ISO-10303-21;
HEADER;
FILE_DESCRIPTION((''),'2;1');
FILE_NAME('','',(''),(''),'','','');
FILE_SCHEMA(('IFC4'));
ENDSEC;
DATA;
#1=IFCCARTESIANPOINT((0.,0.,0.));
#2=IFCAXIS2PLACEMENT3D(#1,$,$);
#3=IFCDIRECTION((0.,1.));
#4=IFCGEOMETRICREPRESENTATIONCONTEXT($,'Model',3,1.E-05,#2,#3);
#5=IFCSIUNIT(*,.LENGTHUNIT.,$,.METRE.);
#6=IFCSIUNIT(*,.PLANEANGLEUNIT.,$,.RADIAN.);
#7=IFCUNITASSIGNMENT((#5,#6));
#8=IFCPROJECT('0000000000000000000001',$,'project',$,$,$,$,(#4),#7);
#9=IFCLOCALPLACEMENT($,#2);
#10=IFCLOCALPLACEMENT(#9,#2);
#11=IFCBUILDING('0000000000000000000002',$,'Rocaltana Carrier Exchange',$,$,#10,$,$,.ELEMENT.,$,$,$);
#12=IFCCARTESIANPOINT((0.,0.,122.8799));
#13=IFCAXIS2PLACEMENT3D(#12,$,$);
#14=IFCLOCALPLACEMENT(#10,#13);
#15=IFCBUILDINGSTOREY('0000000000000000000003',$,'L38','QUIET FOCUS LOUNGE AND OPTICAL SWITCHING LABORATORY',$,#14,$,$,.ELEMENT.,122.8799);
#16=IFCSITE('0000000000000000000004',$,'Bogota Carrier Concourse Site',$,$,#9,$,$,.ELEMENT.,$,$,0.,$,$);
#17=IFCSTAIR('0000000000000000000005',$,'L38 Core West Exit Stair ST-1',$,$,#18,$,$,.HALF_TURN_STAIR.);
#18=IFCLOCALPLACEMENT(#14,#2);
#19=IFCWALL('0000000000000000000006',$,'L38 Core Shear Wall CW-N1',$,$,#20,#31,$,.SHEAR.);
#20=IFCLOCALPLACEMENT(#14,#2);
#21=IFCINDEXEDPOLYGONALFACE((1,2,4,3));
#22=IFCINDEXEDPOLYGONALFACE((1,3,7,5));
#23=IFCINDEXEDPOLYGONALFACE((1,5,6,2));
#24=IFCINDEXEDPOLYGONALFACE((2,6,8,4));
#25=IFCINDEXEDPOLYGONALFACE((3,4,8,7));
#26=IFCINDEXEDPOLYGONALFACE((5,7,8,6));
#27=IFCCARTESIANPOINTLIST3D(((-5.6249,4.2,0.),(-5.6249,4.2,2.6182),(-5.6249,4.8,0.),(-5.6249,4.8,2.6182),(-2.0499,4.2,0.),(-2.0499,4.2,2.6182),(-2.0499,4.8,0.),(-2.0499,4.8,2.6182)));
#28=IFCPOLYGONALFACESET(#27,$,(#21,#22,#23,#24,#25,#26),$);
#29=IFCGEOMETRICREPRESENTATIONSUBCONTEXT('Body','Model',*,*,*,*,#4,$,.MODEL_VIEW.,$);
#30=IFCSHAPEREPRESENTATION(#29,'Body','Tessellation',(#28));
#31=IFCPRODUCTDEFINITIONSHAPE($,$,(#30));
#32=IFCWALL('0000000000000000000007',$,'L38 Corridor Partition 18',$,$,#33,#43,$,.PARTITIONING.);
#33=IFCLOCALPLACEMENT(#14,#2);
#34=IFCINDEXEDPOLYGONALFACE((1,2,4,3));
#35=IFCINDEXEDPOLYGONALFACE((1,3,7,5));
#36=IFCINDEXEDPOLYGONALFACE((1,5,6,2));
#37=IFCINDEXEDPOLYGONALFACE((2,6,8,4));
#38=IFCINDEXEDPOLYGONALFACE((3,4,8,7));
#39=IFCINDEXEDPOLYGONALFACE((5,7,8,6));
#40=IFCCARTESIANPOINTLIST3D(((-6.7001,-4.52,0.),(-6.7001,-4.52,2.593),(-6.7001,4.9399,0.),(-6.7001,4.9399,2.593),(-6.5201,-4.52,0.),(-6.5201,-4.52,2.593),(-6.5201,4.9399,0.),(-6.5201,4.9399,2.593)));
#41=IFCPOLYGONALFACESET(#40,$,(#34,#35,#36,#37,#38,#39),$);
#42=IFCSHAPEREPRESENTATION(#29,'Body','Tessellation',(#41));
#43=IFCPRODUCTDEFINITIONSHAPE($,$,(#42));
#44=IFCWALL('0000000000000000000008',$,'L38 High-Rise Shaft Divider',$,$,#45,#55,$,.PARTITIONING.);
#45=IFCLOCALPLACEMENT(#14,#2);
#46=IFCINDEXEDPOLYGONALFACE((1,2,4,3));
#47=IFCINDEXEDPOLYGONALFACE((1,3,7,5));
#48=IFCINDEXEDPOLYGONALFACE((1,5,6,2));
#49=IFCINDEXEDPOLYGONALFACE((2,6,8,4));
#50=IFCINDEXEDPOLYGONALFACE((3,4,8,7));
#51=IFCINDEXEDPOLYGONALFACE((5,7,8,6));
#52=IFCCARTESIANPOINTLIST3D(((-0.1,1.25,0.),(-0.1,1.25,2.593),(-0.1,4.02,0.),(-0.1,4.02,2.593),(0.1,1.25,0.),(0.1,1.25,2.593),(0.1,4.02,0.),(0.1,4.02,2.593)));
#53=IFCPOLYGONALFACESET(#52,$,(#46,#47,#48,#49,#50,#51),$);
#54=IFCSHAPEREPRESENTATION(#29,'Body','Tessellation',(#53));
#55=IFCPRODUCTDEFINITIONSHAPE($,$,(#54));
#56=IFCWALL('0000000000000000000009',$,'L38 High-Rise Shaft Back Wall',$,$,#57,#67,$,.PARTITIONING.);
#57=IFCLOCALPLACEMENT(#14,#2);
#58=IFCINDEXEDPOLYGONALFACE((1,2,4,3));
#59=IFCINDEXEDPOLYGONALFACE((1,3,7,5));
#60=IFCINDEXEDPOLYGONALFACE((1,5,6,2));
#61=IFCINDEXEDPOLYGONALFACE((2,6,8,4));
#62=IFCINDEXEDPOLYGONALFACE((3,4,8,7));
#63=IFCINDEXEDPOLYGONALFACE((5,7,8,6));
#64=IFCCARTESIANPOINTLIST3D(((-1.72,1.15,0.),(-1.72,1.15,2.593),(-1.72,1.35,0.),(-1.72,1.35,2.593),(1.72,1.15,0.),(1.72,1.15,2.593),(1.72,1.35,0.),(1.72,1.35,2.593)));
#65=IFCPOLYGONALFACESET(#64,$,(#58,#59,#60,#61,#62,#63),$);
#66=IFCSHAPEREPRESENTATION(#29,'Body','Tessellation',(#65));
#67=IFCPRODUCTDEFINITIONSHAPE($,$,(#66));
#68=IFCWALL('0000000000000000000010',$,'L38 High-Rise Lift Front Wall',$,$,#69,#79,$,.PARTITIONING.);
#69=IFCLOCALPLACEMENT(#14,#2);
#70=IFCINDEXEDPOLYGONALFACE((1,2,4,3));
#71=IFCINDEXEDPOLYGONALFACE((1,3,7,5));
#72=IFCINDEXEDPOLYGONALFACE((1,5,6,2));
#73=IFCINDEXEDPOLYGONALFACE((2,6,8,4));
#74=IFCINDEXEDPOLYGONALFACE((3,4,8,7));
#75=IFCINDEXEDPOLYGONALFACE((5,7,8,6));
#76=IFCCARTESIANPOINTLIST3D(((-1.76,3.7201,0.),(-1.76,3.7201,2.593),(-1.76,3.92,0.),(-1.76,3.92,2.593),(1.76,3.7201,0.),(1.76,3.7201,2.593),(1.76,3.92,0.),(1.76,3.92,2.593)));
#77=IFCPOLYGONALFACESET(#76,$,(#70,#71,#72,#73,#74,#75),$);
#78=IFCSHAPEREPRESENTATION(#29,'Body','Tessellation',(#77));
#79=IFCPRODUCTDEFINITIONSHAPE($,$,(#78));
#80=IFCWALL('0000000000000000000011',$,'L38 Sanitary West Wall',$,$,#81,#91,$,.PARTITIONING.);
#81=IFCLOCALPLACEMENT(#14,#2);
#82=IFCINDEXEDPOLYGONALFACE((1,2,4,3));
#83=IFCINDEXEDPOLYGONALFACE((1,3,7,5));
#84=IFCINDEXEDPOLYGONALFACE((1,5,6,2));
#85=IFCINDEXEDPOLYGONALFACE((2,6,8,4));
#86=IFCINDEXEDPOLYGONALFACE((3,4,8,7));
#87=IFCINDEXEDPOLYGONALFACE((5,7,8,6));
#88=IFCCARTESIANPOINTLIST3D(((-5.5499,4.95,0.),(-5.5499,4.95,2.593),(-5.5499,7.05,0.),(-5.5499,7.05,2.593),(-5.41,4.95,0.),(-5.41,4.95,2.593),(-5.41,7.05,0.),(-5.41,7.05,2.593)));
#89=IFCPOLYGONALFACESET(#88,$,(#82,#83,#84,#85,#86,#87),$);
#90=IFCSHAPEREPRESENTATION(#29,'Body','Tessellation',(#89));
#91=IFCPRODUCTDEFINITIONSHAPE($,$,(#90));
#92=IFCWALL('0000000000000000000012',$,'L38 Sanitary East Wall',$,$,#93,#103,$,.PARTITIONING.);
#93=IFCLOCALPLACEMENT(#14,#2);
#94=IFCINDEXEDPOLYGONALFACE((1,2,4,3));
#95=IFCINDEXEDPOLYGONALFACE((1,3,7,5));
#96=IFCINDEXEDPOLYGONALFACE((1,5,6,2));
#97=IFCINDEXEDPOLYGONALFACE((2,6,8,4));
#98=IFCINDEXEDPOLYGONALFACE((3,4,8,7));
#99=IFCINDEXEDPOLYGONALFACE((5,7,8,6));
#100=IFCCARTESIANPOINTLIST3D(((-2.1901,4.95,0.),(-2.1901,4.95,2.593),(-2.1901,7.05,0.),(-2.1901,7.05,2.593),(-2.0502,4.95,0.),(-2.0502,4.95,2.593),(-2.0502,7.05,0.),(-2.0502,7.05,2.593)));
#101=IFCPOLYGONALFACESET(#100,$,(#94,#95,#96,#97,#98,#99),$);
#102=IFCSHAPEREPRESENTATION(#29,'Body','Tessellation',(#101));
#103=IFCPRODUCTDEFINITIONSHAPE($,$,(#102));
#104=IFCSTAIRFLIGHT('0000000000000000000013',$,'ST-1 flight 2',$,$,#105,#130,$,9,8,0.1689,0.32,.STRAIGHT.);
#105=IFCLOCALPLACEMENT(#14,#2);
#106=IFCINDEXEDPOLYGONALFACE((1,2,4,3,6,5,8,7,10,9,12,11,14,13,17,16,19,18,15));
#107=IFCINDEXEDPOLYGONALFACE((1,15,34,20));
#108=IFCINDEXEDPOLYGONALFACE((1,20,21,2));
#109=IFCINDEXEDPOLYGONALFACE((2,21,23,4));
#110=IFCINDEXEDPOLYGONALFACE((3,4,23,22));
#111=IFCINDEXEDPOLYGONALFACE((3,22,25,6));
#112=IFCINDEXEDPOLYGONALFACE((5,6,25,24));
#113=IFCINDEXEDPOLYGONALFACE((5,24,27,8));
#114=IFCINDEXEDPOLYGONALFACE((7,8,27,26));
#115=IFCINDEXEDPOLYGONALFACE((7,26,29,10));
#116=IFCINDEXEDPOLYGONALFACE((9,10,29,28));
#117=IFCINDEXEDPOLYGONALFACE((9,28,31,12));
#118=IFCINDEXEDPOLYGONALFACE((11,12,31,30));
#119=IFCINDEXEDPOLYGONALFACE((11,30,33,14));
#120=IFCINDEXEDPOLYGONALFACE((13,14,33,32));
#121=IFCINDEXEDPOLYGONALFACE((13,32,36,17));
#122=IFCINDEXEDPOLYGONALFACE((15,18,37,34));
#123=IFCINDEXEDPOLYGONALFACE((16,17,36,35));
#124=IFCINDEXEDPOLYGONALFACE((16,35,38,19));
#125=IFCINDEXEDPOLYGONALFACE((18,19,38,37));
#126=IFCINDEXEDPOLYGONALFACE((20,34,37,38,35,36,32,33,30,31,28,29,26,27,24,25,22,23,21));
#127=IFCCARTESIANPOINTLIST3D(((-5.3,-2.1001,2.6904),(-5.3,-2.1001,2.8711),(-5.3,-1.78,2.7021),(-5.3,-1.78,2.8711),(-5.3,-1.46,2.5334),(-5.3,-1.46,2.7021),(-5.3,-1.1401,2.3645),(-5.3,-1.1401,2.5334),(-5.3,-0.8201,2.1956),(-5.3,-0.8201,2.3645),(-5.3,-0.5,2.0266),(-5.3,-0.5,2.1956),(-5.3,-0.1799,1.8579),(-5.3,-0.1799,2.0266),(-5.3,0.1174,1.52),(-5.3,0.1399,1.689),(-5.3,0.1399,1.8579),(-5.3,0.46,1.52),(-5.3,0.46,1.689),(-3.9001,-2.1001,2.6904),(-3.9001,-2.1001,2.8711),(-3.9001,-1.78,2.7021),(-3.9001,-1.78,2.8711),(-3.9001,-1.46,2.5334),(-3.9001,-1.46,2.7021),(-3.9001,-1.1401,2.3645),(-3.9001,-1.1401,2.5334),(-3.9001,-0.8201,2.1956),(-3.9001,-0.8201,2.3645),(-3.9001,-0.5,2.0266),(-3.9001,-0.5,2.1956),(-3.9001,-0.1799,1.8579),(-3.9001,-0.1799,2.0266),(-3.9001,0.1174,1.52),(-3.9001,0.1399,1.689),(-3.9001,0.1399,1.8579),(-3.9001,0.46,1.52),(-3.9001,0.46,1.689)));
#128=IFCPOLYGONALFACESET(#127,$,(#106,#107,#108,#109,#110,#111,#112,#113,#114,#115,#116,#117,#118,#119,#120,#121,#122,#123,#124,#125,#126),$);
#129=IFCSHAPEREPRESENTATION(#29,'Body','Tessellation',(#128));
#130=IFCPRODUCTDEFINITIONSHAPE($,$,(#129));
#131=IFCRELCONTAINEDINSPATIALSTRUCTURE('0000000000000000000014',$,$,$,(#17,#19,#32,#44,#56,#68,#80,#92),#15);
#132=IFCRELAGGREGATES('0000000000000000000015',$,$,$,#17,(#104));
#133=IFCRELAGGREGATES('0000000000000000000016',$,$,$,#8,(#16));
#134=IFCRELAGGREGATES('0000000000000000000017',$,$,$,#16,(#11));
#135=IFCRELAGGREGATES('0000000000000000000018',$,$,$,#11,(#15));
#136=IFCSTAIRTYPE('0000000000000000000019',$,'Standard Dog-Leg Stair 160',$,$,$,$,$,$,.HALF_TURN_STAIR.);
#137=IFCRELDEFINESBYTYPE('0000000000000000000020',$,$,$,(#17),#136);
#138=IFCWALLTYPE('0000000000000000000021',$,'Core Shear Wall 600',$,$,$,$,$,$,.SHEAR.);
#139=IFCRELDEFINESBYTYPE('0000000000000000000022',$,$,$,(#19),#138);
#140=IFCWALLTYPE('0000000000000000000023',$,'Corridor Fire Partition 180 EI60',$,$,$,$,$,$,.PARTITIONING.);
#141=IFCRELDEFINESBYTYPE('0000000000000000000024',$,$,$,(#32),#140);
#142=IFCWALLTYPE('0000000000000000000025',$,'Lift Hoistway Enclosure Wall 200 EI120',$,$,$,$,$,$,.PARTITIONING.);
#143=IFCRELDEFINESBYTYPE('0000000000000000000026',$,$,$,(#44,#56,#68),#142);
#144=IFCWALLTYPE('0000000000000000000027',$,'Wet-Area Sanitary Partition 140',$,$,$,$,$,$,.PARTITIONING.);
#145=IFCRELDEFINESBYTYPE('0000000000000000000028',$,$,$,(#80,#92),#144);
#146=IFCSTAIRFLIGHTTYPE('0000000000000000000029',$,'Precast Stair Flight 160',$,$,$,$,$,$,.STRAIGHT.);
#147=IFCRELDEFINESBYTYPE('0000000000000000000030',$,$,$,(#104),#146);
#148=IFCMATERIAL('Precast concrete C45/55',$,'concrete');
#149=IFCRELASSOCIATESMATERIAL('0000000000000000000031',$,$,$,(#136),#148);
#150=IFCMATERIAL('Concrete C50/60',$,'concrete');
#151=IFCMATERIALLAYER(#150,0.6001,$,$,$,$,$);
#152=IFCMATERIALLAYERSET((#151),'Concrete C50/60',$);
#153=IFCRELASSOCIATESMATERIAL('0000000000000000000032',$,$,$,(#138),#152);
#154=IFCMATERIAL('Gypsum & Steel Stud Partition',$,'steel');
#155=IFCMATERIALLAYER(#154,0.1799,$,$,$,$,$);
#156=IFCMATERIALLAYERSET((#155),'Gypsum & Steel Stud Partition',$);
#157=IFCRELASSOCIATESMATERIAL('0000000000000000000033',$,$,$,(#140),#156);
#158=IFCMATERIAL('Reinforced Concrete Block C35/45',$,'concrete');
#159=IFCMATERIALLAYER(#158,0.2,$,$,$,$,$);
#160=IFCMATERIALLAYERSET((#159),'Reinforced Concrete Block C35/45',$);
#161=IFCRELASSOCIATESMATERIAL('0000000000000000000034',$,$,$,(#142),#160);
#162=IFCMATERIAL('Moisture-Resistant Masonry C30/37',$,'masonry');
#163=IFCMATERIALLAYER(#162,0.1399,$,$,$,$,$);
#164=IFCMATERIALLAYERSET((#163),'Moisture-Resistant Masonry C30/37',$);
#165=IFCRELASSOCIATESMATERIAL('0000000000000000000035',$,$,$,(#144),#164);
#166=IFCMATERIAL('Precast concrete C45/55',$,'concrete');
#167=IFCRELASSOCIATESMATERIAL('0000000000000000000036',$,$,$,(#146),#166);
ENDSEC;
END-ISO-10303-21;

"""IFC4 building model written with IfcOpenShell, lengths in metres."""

from ifc_helpers import new_model, si_unit, direction, frame, frame_2d, origin, place, context, subcontext, project, spatial, polyline, rectangle, outline, extrude, material, layer, layer_set, type_object, element, aggregate, save


model = new_model("IFC4")

# Units and contexts
model_context = context("Model", 3, precision=1e-05, world=origin(), true_north=direction((0.0, 1.0)))
body_context = subcontext(model_context, "Body", "Model", "MODEL_VIEW")
ifc_project = project(units=[si_unit("LENGTHUNIT", "METRE"), si_unit("PLANEANGLEUNIT", "RADIAN")], contexts=[model_context])

# Site, building, storey
site_placement = place(None, origin())
site = spatial("IfcSite", under=ifc_project, at=site_placement, Name="Bogota Carrier Concourse Site", CompositionType="ELEMENT", RefElevation=0.0)
building_placement = place(site_placement, origin())
building = spatial("IfcBuilding", under=site, at=building_placement, Name="Rocaltana Carrier Exchange", CompositionType="ELEMENT")
storey_placement = place(building_placement, frame((0.0, 0.0, 122.8799)))
storey = spatial("IfcBuildingStorey", under=building, at=storey_placement, Name="L38", Description="QUIET FOCUS LOUNGE AND OPTICAL SWITCHING LABORATORY", CompositionType="ELEMENT", Elevation=122.8799)

# Stair
ifc_material_1 = material(Name="Precast concrete C45/55", Category="concrete")
stair_type = type_object("IfcStairType", Name="Standard Dog-Leg Stair 160", PredefinedType="HALF_TURN_STAIR", material=ifc_material_1)
stair_1_placement = place(storey_placement, origin())
stair_1 = element("IfcStair", 1, at=stair_1_placement, inside=storey, type_object=stair_type, Name="L38 Core West Exit Stair ST-1", PredefinedType="HALF_TURN_STAIR")

# Walls
ifc_material_2 = material(Name="Concrete C50/60", Category="concrete")
ifc_layer_1 = layer(ifc_material_2, 0.6001)
ifc_layer_set_1 = layer_set([ifc_layer_1], Name="Concrete C50/60")
wall_type_1 = type_object("IfcWallType", Name="Core Shear Wall 600", PredefinedType="SHEAR", material=ifc_layer_set_1)
wall_1_placement = place(storey_placement, frame((-5.625, 4.5, 0.0), z_axis=(0.0, 0.0, 1.0), x_axis=(1.0, 0.0, 0.0)))
element("IfcWall", 2, at=wall_1_placement, inside=storey, type_object=wall_type_1, Name="L38 Core Shear Wall CW-N1", PredefinedType="SHEAR", context=body_context, shape_type="SweptSolid", body=[
    extrude(rectangle(XDim=3.575, YDim=0.6001, at=frame_2d((1.7876, 0.0))), origin(), (0.0, 0.0, 1.0), 2.6182),
])
ifc_material_3 = material(Name="Gypsum & Steel Stud Partition", Category="steel")
ifc_layer_2 = layer(ifc_material_3, 0.1799)
ifc_layer_set_2 = layer_set([ifc_layer_2], Name="Gypsum & Steel Stud Partition")
wall_type_2 = type_object("IfcWallType", Name="Corridor Fire Partition 180 EI60", PredefinedType="PARTITIONING", material=ifc_layer_set_2)
wall_2_placement = place(storey_placement, frame((-6.6101, 4.9399, 0.0), z_axis=(0.0, 0.0, 1.0), x_axis=(0.0, -1.0, 0.0)))
element("IfcWall", 3, at=wall_2_placement, inside=storey, type_object=wall_type_2, Name="L38 Corridor Partition 18", PredefinedType="PARTITIONING", context=body_context, shape_type="SweptSolid", body=[
    extrude(rectangle(XDim=9.46, YDim=0.1799, at=frame_2d((4.73, 0.0))), origin(), (0.0, 0.0, 1.0), 2.593),
])
ifc_material_4 = material(Name="Reinforced Concrete Block C35/45", Category="concrete")
ifc_layer_3 = layer(ifc_material_4, 0.2)
ifc_layer_set_3 = layer_set([ifc_layer_3], Name="Reinforced Concrete Block C35/45")
wall_type_3 = type_object("IfcWallType", Name="Lift Hoistway Enclosure Wall 200 EI120", PredefinedType="PARTITIONING", material=ifc_layer_set_3)
wall_3_placement = place(storey_placement, frame((0.0, 1.25, 0.0), z_axis=(0.0, 0.0, 1.0), x_axis=(0.0, 1.0, 0.0)))
element("IfcWall", 4, at=wall_3_placement, inside=storey, type_object=wall_type_3, Name="L38 High-Rise Shaft Divider", PredefinedType="PARTITIONING", context=body_context, shape_type="SweptSolid", body=[
    extrude(rectangle(XDim=2.77, YDim=0.2, at=frame_2d((1.385, 0.0))), origin(), (0.0, 0.0, 1.0), 2.593),
])
wall_4_placement = place(storey_placement, frame((-1.72, 1.25, 0.0), z_axis=(0.0, 0.0, 1.0), x_axis=(1.0, 0.0, 0.0)))
element("IfcWall", 5, at=wall_4_placement, inside=storey, type_object=wall_type_3, Name="L38 High-Rise Shaft Back Wall", PredefinedType="PARTITIONING", context=body_context, shape_type="SweptSolid", body=[
    extrude(rectangle(XDim=3.4399, YDim=0.2, at=frame_2d((1.72, 0.0))), origin(), (0.0, 0.0, 1.0), 2.593),
])
wall_5_placement = place(storey_placement, frame((-1.76, 3.8201, 0.0), z_axis=(0.0, 0.0, 1.0), x_axis=(1.0, 0.0, 0.0)))
element("IfcWall", 6, at=wall_5_placement, inside=storey, type_object=wall_type_3, Name="L38 High-Rise Lift Front Wall", PredefinedType="PARTITIONING", context=body_context, shape_type="SweptSolid", body=[
    extrude(rectangle(XDim=3.52, YDim=0.2, at=frame_2d((1.76, 0.0))), origin(), (0.0, 0.0, 1.0), 2.593),
])
ifc_material_5 = material(Name="Moisture-Resistant Masonry C30/37", Category="masonry")
ifc_layer_4 = layer(ifc_material_5, 0.1399)
ifc_layer_set_4 = layer_set([ifc_layer_4], Name="Moisture-Resistant Masonry C30/37")
wall_type_4 = type_object("IfcWallType", Name="Wet-Area Sanitary Partition 140", PredefinedType="PARTITIONING", material=ifc_layer_set_4)
for number, where, z_axis, x_axis, name in (
    (7, (-5.48, 4.95, 0.0), (0.0, 0.0, 1.0), (0.0, 1.0, 0.0), "L38 Sanitary West Wall"),
    (8, (-2.1201, 4.95, 0.0), (0.0, 0.0, 1.0), (0.0, 1.0, 0.0), "L38 Sanitary East Wall"),
):
    element("IfcWall", number, at=place(storey_placement, frame(where, z_axis=z_axis, x_axis=x_axis)), inside=storey, type_object=wall_type_4, Name=name, PredefinedType="PARTITIONING", context=body_context, shape_type="SweptSolid", body=[
        extrude(rectangle(XDim=2.1001, YDim=0.1399, at=frame_2d((1.05, 0.0))), origin(), (0.0, 0.0, 1.0), 2.593),
    ])

# Stair flight
ifc_material_6 = material(Name="Precast concrete C45/55", Category="concrete")
stair_flight_type = type_object("IfcStairFlightType", Name="Precast Stair Flight 160", PredefinedType="STRAIGHT", material=ifc_material_6)
stair_flight_placement = place(storey_placement, frame((-4.6001, 0.46, 1.52), z_axis=(0.0, 0.0, 1.0), x_axis=(0.0, -1.0, 0.0)))
stair_flight = element("IfcStairFlight", 9, at=stair_flight_placement, type_object=stair_flight_type, Name="ST-1 flight 2", NumberOfRisers=9, NumberOfTreads=8, PredefinedType="STRAIGHT", RiserHeight=0.1689, TreadLength=0.32, context=body_context, shape_type="SweptSolid", body=[
    extrude(outline(polyline([(0.0, 0.0), (0.0, 0.1689), (0.3201, 0.1689), (0.3201, 0.3379), (0.6399, 0.3379), (0.6399, 0.5066), (0.96, 0.5066), (0.96, 0.6755), (1.28, 0.6755), (1.28, 0.8445), (1.6001, 0.8445), (1.6001, 1.0134), (1.9199, 1.0134), (1.9199, 1.1821), (2.24, 1.1821), (2.24, 1.3511), (2.5601, 1.3511), (2.5601, 1.52), (2.5601, 1.1704), (0.3425, 0.0), (0.0, 0.0)])), frame((0.0, 0.7, 0.0), z_axis=(0.0, -1.0, 0.0), x_axis=(1.0, 0.0, 0.0)), (0.0, 0.0, 1.0), 1.3999),
])
aggregate(stair_1, [stair_flight])

save(model, "model.ifc")
